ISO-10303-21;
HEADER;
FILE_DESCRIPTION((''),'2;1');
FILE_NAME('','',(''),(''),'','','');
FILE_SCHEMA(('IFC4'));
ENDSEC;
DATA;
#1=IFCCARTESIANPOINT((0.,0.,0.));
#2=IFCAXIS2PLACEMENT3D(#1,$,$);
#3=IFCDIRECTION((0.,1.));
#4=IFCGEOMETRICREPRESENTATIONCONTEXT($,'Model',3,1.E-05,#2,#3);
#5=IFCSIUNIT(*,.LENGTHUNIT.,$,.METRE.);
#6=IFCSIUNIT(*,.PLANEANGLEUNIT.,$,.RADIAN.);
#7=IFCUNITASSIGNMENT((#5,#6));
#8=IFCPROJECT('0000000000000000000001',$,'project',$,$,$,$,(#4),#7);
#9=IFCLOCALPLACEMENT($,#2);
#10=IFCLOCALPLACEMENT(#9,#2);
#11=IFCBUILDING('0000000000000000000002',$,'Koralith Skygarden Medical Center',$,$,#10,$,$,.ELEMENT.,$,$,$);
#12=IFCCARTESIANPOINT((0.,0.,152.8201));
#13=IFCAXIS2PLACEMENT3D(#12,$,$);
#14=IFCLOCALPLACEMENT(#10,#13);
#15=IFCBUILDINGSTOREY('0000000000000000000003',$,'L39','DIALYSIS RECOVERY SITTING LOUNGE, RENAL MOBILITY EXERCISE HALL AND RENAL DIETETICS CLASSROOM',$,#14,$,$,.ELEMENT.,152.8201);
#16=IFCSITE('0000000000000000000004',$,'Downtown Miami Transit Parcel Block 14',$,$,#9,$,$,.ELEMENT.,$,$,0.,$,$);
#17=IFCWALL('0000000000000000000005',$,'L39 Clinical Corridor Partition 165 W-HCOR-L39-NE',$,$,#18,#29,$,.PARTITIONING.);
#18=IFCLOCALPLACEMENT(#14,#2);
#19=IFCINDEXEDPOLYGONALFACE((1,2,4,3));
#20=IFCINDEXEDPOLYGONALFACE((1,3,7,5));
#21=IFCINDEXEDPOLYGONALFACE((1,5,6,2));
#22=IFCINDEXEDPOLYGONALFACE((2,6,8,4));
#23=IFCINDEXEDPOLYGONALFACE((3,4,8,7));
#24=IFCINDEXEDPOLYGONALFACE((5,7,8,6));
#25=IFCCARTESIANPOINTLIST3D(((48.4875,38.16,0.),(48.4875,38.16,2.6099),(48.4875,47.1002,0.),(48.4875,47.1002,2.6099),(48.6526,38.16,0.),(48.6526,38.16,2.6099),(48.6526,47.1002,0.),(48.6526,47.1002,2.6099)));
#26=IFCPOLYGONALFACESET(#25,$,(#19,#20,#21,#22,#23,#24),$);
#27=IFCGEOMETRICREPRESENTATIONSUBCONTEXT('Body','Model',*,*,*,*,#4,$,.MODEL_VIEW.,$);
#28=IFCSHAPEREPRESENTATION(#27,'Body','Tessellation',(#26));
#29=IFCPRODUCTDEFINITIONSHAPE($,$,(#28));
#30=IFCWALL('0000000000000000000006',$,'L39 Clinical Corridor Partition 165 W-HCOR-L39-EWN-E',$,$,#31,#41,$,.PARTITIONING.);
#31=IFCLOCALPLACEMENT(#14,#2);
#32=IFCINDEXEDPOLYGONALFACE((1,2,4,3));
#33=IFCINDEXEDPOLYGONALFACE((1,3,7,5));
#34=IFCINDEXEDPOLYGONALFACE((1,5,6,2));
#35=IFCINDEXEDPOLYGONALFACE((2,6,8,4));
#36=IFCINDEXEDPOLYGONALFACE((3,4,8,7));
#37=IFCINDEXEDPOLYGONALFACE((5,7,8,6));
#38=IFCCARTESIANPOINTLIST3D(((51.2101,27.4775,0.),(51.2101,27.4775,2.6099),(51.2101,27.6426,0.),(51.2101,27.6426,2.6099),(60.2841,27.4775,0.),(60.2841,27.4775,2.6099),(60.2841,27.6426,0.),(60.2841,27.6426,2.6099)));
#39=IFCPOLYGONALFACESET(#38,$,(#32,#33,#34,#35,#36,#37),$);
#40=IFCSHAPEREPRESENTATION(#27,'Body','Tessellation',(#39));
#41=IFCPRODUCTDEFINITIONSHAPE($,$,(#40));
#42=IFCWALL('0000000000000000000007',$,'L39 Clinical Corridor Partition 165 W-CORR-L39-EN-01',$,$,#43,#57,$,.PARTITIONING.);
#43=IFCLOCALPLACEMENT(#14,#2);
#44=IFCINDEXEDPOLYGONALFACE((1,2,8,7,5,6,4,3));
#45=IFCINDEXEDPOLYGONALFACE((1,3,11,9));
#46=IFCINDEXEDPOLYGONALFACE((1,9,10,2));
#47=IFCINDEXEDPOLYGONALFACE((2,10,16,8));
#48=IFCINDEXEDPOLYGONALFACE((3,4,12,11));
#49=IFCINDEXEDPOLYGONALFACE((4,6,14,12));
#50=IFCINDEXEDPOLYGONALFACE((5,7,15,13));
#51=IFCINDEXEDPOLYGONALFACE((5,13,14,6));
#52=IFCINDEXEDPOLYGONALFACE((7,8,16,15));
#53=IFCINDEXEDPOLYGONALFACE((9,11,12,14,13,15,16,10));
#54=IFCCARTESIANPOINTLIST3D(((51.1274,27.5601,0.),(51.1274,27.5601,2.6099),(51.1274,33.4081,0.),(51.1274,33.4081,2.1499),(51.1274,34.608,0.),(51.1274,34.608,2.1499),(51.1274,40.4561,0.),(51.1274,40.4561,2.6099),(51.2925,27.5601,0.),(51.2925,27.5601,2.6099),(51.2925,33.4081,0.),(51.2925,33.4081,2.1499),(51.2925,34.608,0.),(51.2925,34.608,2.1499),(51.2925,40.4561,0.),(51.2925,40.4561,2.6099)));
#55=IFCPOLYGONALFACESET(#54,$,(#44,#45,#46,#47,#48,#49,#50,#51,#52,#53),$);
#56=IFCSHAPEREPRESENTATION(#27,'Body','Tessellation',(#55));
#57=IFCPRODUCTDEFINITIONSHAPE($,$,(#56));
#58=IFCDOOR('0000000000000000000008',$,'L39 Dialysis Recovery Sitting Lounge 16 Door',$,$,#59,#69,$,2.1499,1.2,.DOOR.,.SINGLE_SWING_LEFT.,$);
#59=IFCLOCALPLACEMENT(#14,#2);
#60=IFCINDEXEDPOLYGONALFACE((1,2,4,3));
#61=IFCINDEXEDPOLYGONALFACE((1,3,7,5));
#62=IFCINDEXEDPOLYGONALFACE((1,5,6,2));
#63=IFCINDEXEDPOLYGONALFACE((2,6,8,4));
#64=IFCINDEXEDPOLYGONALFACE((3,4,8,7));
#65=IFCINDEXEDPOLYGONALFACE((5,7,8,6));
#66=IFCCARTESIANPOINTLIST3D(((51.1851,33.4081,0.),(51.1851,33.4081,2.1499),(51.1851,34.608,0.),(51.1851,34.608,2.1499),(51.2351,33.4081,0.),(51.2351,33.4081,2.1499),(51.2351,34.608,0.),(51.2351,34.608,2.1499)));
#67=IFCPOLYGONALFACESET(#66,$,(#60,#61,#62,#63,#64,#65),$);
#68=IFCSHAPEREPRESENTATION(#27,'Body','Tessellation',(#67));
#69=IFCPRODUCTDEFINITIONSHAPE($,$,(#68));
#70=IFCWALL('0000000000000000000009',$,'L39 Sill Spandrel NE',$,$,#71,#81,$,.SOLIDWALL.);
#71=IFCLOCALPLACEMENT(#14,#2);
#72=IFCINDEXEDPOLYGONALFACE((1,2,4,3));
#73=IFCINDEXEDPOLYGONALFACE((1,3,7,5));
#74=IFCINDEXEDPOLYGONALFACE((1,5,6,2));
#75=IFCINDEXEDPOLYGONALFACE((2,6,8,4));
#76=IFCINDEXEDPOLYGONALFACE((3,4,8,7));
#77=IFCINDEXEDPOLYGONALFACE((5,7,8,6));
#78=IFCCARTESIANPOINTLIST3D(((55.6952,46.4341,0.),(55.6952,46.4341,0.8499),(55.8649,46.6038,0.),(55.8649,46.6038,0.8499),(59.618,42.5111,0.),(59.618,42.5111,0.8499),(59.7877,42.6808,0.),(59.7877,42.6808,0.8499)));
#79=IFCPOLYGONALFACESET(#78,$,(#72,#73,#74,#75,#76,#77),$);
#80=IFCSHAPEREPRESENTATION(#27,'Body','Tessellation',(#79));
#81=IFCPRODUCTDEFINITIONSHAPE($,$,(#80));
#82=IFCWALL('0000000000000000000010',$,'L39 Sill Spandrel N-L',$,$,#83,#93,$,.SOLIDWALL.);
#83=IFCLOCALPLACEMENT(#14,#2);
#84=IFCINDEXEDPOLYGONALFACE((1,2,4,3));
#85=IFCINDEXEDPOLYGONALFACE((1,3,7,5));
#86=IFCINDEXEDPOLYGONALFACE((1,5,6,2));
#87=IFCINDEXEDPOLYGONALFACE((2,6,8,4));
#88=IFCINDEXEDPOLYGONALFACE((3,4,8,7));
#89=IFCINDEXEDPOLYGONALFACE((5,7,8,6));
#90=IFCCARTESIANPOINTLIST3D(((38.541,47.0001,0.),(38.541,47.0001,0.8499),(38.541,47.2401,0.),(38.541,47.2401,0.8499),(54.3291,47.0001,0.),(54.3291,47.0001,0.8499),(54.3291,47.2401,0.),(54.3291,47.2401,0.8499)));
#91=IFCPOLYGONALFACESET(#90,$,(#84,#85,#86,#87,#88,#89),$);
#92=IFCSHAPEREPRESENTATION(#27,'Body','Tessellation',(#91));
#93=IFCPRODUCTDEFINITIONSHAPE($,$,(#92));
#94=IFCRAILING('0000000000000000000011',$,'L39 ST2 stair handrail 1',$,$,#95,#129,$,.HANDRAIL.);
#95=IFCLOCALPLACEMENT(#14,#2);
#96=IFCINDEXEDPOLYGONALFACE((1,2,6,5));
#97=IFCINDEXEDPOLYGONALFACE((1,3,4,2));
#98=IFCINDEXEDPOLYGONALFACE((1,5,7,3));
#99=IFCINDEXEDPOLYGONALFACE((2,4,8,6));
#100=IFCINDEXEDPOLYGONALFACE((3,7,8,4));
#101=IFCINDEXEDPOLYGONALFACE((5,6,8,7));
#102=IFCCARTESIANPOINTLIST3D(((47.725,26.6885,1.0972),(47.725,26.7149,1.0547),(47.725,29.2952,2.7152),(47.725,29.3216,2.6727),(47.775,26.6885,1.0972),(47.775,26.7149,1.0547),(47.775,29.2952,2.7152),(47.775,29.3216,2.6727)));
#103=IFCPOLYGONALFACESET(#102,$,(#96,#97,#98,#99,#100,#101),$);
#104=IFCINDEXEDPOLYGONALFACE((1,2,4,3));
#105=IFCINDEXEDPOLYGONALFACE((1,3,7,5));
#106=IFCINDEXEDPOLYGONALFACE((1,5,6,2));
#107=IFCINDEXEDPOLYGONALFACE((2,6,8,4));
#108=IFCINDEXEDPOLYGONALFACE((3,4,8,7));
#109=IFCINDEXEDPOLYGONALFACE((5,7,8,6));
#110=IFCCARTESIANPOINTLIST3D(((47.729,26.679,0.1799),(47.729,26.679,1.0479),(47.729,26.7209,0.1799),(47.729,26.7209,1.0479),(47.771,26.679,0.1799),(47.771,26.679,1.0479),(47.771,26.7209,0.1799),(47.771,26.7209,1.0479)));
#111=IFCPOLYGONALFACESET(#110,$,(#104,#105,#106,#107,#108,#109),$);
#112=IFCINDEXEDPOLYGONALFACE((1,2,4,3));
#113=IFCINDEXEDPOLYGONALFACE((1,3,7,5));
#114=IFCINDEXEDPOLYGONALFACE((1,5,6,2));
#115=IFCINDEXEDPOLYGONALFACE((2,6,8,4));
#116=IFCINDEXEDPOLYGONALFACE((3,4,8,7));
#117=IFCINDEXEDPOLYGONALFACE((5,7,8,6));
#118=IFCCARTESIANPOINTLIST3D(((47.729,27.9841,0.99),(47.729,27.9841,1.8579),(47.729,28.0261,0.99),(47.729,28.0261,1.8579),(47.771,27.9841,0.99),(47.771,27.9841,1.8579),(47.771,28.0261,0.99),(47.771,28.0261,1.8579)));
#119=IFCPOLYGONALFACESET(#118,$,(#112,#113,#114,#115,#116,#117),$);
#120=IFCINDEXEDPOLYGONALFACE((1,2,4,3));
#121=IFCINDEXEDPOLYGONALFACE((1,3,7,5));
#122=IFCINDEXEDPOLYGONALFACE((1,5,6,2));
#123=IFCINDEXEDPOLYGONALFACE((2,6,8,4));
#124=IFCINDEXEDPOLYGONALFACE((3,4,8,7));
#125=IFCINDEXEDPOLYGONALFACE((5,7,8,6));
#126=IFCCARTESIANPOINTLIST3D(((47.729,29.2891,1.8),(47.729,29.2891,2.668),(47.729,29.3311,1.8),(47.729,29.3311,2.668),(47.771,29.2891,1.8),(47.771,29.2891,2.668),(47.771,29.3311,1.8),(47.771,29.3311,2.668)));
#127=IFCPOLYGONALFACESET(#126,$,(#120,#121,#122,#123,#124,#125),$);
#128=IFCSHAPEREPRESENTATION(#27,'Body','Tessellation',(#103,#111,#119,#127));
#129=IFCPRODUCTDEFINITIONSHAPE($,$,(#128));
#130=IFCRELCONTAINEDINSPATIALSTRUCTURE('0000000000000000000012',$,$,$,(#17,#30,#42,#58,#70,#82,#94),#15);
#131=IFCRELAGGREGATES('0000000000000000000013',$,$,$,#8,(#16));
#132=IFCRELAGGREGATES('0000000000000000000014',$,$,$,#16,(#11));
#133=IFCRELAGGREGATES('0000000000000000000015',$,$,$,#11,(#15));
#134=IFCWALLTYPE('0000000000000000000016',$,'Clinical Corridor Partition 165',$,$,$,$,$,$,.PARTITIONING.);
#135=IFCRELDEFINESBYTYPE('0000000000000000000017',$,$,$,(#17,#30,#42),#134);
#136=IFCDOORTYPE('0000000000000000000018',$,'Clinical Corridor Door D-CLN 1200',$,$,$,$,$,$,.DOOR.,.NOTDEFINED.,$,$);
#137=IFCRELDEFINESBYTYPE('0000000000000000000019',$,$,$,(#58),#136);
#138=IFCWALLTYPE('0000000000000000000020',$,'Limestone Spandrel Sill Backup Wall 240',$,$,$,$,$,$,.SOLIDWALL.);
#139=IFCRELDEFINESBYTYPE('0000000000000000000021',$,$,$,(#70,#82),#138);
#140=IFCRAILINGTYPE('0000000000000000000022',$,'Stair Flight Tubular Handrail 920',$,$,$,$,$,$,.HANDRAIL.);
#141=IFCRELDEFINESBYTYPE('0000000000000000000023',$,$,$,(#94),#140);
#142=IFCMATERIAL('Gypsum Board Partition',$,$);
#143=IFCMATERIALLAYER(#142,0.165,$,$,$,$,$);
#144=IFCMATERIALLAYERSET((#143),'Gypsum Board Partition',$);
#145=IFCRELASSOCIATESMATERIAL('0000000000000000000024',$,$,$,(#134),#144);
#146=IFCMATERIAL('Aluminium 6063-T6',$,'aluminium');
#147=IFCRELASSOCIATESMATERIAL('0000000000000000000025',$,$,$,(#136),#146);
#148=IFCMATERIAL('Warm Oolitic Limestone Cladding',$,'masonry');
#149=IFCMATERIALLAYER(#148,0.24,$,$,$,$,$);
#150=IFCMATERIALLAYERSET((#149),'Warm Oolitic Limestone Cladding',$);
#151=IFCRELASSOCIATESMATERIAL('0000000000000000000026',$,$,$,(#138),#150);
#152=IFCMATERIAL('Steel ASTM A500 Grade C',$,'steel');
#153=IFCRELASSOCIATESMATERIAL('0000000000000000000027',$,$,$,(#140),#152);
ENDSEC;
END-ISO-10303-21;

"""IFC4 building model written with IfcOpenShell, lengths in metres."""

from ifc_helpers import new_model, si_unit, direction, frame, frame_2d, origin, origin_2d, place, context, subcontext, project, spatial, rectangle, extrude, material, layer, layer_set, type_object, element, fill, save


model = new_model("IFC4")

# Units and contexts
model_context = context("Model", 3, precision=1e-05, world=origin(), true_north=direction((0.0, 1.0)))
body_context = subcontext(model_context, "Body", "Model", "MODEL_VIEW")
ifc_project = project(units=[si_unit("LENGTHUNIT", "METRE"), si_unit("PLANEANGLEUNIT", "RADIAN")], contexts=[model_context])

# Site, building, storey
site_placement = place(None, origin())
site = spatial("IfcSite", under=ifc_project, at=site_placement, Name="Downtown Miami Transit Parcel Block 14", CompositionType="ELEMENT", RefElevation=0.0)
building_placement = place(site_placement, origin())
building = spatial("IfcBuilding", under=site, at=building_placement, Name="Koralith Skygarden Medical Center", CompositionType="ELEMENT")
storey_placement = place(building_placement, frame((0.0, 0.0, 152.8201)))
storey = spatial("IfcBuildingStorey", under=building, at=storey_placement, Name="L39", Description="DIALYSIS RECOVERY SITTING LOUNGE, RENAL MOBILITY EXERCISE HALL AND RENAL DIETETICS CLASSROOM", CompositionType="ELEMENT", Elevation=152.8201)

# Shared definitions
ifc_material_1 = material(Name="Aluminium 6063-T6", Category="aluminium")

# Shared definitions
ifc_material_2 = material(Name="Warm Oolitic Limestone Cladding", Category="masonry")

# Walls
ifc_material_3 = material(Name="Gypsum Board Partition")
ifc_layer_1 = layer(ifc_material_3, 0.165)
ifc_layer_set_1 = layer_set([ifc_layer_1], Name="Gypsum Board Partition")
wall_type_1 = type_object("IfcWallType", Name="Clinical Corridor Partition 165", PredefinedType="PARTITIONING", material=ifc_layer_set_1)
wall_1_placement = place(storey_placement, frame((48.5701, 38.1599, 0.0), z_axis=(0.0, 0.0, 1.0), x_axis=(0.0, 1.0, 0.0)))
element("IfcWall", 1, at=wall_1_placement, inside=storey, type_object=wall_type_1, Name="L39 Clinical Corridor Partition 165 W-HCOR-L39-NE", PredefinedType="PARTITIONING", context=body_context, shape_type="SweptSolid", body=[
    extrude(rectangle(XDim=8.9402, YDim=0.165, at=frame_2d((4.4702, 0.0))), origin(), (0.0, 0.0, 1.0), 2.6099),
])
wall_2_placement = place(storey_placement, frame((51.21, 27.5601, 0.0), z_axis=(0.0, 0.0, 1.0), x_axis=(1.0, 0.0, 0.0)))
element("IfcWall", 2, at=wall_2_placement, inside=storey, type_object=wall_type_1, Name="L39 Clinical Corridor Partition 165 W-HCOR-L39-EWN-E", PredefinedType="PARTITIONING", context=body_context, shape_type="SweptSolid", body=[
    extrude(rectangle(XDim=9.074, YDim=0.165, at=frame_2d((4.5371, 0.0))), origin(), (0.0, 0.0, 1.0), 2.6099),
])

# Wall, opening, door
wall_3_placement = place(storey_placement, frame((51.21, 27.5601, 0.0), z_axis=(0.0, 0.0, 1.0), x_axis=(0.0, 1.0, 0.0)))
wall_3 = element("IfcWall", 3, at=wall_3_placement, inside=storey, type_object=wall_type_1, Name="L39 Clinical Corridor Partition 165 W-CORR-L39-EN-01", PredefinedType="PARTITIONING", context=body_context, shape_type="SweptSolid", body=[
    extrude(rectangle(XDim=12.896, YDim=0.165, at=frame_2d((6.448, 0.0))), origin(), (0.0, 0.0, 1.0), 2.6099),
])
opening_1_placement = place(wall_3_placement, frame((5.8479, 0.0, 0.0)))
opening_1 = element("IfcOpeningElement", 4, at=opening_1_placement, cuts=wall_3, PredefinedType="OPENING", context=body_context, shape_type="SweptSolid", body=[
    extrude(rectangle(XDim=1.2, YDim=2.1499, at=frame_2d((0.6001, 1.075))), frame((0.0, 0.0925, 0.0), z_axis=(0.0, -1.0, 0.0), x_axis=(1.0, 0.0, 0.0)), (0.0, 0.0, 1.0), 0.1851),
])
door_type = type_object("IfcDoorType", Name="Clinical Corridor Door D-CLN 1200", OperationType="NOTDEFINED", PredefinedType="DOOR", material=ifc_material_1)
door_1_placement = place(opening_1_placement, origin())
door_1 = element("IfcDoor", 5, at=door_1_placement, inside=storey, type_object=door_type, Name="L39 Dialysis Recovery Sitting Lounge 16 Door", OperationType="SINGLE_SWING_LEFT", OverallHeight=2.1499, OverallWidth=1.2, PredefinedType="DOOR", context=body_context, shape_type="SweptSolid", body=[
    extrude(rectangle(XDim=1.2, YDim=2.1499, at=frame_2d((0.6001, 1.075))), frame((0.0, 0.0249, 0.0), z_axis=(0.0, -1.0, 0.0), x_axis=(1.0, 0.0, 0.0)), (0.0, 0.0, 1.0), 0.05),
])
fill(opening_1, door_1)

# Walls
ifc_layer_2 = layer(ifc_material_2, 0.24)
ifc_layer_set_2 = layer_set([ifc_layer_2], Name="Warm Oolitic Limestone Cladding")
wall_type_2 = type_object("IfcWallType", Name="Limestone Spandrel Sill Backup Wall 240", PredefinedType="SOLIDWALL", material=ifc_layer_set_2)
wall_4_placement = place(storey_placement, frame((59.7029, 42.5959, 0.0), z_axis=(0.0, 0.0, 1.0), x_axis=(-0.707085, 0.707129, 0.0)))
element("IfcWall", 6, at=wall_4_placement, inside=storey, type_object=wall_type_2, Name="L39 Sill Spandrel NE", PredefinedType="SOLIDWALL", context=body_context, shape_type="SweptSolid", body=[
    extrude(rectangle(XDim=5.5479, YDim=0.24, at=frame_2d((2.7739, 0.0))), origin(), (0.0, 0.0, 1.0), 0.8499),
])
wall_5_placement = place(storey_placement, frame((54.3291, 47.1201, 0.0), z_axis=(0.0, 0.0, 1.0), x_axis=(-1.0, 0.0, 0.0)))
element("IfcWall", 7, at=wall_5_placement, inside=storey, type_object=wall_type_2, Name="L39 Sill Spandrel N-L", PredefinedType="SOLIDWALL", context=body_context, shape_type="SweptSolid", body=[
    extrude(rectangle(XDim=15.7881, YDim=0.24, at=frame_2d((7.894, 0.0))), origin(), (0.0, 0.0, 1.0), 0.8499),
])

# Railing
ifc_material_4 = material(Name="Steel ASTM A500 Grade C", Category="steel")
railing_type = type_object("IfcRailingType", Name="Stair Flight Tubular Handrail 920", PredefinedType="HANDRAIL", material=ifc_material_4)
railing_placement = place(storey_placement, frame((47.75, 26.7, 0.1799)))
element("IfcRailing", 8, at=railing_placement, inside=storey, type_object=railing_type, Name="L39 ST2 stair handrail 1", PredefinedType="HANDRAIL", context=body_context, shape_type="SweptSolid", body=[
    extrude(rectangle(XDim=0.05, YDim=0.05, at=origin_2d()), frame((0.0, 0.0017, 0.896), z_axis=(0.0, 0.849633, 0.527375), x_axis=(-1.0, 0.0, 0.0)), (0.0, 0.0, 1.0), 3.0681),
    extrude(rectangle(XDim=0.042, YDim=0.042, at=origin_2d()), origin(), (0.0, 0.0, 1.0), 0.8679),
    extrude(rectangle(XDim=0.042, YDim=0.042, at=origin_2d()), frame((0.0, 1.3052, 0.8101)), (0.0, 0.0, 1.0), 0.8679),
    extrude(rectangle(XDim=0.042, YDim=0.042, at=origin_2d()), frame((0.0, 2.6101, 1.6201)), (0.0, 0.0, 1.0), 0.8679),
])

save(model, "model.ifc")
